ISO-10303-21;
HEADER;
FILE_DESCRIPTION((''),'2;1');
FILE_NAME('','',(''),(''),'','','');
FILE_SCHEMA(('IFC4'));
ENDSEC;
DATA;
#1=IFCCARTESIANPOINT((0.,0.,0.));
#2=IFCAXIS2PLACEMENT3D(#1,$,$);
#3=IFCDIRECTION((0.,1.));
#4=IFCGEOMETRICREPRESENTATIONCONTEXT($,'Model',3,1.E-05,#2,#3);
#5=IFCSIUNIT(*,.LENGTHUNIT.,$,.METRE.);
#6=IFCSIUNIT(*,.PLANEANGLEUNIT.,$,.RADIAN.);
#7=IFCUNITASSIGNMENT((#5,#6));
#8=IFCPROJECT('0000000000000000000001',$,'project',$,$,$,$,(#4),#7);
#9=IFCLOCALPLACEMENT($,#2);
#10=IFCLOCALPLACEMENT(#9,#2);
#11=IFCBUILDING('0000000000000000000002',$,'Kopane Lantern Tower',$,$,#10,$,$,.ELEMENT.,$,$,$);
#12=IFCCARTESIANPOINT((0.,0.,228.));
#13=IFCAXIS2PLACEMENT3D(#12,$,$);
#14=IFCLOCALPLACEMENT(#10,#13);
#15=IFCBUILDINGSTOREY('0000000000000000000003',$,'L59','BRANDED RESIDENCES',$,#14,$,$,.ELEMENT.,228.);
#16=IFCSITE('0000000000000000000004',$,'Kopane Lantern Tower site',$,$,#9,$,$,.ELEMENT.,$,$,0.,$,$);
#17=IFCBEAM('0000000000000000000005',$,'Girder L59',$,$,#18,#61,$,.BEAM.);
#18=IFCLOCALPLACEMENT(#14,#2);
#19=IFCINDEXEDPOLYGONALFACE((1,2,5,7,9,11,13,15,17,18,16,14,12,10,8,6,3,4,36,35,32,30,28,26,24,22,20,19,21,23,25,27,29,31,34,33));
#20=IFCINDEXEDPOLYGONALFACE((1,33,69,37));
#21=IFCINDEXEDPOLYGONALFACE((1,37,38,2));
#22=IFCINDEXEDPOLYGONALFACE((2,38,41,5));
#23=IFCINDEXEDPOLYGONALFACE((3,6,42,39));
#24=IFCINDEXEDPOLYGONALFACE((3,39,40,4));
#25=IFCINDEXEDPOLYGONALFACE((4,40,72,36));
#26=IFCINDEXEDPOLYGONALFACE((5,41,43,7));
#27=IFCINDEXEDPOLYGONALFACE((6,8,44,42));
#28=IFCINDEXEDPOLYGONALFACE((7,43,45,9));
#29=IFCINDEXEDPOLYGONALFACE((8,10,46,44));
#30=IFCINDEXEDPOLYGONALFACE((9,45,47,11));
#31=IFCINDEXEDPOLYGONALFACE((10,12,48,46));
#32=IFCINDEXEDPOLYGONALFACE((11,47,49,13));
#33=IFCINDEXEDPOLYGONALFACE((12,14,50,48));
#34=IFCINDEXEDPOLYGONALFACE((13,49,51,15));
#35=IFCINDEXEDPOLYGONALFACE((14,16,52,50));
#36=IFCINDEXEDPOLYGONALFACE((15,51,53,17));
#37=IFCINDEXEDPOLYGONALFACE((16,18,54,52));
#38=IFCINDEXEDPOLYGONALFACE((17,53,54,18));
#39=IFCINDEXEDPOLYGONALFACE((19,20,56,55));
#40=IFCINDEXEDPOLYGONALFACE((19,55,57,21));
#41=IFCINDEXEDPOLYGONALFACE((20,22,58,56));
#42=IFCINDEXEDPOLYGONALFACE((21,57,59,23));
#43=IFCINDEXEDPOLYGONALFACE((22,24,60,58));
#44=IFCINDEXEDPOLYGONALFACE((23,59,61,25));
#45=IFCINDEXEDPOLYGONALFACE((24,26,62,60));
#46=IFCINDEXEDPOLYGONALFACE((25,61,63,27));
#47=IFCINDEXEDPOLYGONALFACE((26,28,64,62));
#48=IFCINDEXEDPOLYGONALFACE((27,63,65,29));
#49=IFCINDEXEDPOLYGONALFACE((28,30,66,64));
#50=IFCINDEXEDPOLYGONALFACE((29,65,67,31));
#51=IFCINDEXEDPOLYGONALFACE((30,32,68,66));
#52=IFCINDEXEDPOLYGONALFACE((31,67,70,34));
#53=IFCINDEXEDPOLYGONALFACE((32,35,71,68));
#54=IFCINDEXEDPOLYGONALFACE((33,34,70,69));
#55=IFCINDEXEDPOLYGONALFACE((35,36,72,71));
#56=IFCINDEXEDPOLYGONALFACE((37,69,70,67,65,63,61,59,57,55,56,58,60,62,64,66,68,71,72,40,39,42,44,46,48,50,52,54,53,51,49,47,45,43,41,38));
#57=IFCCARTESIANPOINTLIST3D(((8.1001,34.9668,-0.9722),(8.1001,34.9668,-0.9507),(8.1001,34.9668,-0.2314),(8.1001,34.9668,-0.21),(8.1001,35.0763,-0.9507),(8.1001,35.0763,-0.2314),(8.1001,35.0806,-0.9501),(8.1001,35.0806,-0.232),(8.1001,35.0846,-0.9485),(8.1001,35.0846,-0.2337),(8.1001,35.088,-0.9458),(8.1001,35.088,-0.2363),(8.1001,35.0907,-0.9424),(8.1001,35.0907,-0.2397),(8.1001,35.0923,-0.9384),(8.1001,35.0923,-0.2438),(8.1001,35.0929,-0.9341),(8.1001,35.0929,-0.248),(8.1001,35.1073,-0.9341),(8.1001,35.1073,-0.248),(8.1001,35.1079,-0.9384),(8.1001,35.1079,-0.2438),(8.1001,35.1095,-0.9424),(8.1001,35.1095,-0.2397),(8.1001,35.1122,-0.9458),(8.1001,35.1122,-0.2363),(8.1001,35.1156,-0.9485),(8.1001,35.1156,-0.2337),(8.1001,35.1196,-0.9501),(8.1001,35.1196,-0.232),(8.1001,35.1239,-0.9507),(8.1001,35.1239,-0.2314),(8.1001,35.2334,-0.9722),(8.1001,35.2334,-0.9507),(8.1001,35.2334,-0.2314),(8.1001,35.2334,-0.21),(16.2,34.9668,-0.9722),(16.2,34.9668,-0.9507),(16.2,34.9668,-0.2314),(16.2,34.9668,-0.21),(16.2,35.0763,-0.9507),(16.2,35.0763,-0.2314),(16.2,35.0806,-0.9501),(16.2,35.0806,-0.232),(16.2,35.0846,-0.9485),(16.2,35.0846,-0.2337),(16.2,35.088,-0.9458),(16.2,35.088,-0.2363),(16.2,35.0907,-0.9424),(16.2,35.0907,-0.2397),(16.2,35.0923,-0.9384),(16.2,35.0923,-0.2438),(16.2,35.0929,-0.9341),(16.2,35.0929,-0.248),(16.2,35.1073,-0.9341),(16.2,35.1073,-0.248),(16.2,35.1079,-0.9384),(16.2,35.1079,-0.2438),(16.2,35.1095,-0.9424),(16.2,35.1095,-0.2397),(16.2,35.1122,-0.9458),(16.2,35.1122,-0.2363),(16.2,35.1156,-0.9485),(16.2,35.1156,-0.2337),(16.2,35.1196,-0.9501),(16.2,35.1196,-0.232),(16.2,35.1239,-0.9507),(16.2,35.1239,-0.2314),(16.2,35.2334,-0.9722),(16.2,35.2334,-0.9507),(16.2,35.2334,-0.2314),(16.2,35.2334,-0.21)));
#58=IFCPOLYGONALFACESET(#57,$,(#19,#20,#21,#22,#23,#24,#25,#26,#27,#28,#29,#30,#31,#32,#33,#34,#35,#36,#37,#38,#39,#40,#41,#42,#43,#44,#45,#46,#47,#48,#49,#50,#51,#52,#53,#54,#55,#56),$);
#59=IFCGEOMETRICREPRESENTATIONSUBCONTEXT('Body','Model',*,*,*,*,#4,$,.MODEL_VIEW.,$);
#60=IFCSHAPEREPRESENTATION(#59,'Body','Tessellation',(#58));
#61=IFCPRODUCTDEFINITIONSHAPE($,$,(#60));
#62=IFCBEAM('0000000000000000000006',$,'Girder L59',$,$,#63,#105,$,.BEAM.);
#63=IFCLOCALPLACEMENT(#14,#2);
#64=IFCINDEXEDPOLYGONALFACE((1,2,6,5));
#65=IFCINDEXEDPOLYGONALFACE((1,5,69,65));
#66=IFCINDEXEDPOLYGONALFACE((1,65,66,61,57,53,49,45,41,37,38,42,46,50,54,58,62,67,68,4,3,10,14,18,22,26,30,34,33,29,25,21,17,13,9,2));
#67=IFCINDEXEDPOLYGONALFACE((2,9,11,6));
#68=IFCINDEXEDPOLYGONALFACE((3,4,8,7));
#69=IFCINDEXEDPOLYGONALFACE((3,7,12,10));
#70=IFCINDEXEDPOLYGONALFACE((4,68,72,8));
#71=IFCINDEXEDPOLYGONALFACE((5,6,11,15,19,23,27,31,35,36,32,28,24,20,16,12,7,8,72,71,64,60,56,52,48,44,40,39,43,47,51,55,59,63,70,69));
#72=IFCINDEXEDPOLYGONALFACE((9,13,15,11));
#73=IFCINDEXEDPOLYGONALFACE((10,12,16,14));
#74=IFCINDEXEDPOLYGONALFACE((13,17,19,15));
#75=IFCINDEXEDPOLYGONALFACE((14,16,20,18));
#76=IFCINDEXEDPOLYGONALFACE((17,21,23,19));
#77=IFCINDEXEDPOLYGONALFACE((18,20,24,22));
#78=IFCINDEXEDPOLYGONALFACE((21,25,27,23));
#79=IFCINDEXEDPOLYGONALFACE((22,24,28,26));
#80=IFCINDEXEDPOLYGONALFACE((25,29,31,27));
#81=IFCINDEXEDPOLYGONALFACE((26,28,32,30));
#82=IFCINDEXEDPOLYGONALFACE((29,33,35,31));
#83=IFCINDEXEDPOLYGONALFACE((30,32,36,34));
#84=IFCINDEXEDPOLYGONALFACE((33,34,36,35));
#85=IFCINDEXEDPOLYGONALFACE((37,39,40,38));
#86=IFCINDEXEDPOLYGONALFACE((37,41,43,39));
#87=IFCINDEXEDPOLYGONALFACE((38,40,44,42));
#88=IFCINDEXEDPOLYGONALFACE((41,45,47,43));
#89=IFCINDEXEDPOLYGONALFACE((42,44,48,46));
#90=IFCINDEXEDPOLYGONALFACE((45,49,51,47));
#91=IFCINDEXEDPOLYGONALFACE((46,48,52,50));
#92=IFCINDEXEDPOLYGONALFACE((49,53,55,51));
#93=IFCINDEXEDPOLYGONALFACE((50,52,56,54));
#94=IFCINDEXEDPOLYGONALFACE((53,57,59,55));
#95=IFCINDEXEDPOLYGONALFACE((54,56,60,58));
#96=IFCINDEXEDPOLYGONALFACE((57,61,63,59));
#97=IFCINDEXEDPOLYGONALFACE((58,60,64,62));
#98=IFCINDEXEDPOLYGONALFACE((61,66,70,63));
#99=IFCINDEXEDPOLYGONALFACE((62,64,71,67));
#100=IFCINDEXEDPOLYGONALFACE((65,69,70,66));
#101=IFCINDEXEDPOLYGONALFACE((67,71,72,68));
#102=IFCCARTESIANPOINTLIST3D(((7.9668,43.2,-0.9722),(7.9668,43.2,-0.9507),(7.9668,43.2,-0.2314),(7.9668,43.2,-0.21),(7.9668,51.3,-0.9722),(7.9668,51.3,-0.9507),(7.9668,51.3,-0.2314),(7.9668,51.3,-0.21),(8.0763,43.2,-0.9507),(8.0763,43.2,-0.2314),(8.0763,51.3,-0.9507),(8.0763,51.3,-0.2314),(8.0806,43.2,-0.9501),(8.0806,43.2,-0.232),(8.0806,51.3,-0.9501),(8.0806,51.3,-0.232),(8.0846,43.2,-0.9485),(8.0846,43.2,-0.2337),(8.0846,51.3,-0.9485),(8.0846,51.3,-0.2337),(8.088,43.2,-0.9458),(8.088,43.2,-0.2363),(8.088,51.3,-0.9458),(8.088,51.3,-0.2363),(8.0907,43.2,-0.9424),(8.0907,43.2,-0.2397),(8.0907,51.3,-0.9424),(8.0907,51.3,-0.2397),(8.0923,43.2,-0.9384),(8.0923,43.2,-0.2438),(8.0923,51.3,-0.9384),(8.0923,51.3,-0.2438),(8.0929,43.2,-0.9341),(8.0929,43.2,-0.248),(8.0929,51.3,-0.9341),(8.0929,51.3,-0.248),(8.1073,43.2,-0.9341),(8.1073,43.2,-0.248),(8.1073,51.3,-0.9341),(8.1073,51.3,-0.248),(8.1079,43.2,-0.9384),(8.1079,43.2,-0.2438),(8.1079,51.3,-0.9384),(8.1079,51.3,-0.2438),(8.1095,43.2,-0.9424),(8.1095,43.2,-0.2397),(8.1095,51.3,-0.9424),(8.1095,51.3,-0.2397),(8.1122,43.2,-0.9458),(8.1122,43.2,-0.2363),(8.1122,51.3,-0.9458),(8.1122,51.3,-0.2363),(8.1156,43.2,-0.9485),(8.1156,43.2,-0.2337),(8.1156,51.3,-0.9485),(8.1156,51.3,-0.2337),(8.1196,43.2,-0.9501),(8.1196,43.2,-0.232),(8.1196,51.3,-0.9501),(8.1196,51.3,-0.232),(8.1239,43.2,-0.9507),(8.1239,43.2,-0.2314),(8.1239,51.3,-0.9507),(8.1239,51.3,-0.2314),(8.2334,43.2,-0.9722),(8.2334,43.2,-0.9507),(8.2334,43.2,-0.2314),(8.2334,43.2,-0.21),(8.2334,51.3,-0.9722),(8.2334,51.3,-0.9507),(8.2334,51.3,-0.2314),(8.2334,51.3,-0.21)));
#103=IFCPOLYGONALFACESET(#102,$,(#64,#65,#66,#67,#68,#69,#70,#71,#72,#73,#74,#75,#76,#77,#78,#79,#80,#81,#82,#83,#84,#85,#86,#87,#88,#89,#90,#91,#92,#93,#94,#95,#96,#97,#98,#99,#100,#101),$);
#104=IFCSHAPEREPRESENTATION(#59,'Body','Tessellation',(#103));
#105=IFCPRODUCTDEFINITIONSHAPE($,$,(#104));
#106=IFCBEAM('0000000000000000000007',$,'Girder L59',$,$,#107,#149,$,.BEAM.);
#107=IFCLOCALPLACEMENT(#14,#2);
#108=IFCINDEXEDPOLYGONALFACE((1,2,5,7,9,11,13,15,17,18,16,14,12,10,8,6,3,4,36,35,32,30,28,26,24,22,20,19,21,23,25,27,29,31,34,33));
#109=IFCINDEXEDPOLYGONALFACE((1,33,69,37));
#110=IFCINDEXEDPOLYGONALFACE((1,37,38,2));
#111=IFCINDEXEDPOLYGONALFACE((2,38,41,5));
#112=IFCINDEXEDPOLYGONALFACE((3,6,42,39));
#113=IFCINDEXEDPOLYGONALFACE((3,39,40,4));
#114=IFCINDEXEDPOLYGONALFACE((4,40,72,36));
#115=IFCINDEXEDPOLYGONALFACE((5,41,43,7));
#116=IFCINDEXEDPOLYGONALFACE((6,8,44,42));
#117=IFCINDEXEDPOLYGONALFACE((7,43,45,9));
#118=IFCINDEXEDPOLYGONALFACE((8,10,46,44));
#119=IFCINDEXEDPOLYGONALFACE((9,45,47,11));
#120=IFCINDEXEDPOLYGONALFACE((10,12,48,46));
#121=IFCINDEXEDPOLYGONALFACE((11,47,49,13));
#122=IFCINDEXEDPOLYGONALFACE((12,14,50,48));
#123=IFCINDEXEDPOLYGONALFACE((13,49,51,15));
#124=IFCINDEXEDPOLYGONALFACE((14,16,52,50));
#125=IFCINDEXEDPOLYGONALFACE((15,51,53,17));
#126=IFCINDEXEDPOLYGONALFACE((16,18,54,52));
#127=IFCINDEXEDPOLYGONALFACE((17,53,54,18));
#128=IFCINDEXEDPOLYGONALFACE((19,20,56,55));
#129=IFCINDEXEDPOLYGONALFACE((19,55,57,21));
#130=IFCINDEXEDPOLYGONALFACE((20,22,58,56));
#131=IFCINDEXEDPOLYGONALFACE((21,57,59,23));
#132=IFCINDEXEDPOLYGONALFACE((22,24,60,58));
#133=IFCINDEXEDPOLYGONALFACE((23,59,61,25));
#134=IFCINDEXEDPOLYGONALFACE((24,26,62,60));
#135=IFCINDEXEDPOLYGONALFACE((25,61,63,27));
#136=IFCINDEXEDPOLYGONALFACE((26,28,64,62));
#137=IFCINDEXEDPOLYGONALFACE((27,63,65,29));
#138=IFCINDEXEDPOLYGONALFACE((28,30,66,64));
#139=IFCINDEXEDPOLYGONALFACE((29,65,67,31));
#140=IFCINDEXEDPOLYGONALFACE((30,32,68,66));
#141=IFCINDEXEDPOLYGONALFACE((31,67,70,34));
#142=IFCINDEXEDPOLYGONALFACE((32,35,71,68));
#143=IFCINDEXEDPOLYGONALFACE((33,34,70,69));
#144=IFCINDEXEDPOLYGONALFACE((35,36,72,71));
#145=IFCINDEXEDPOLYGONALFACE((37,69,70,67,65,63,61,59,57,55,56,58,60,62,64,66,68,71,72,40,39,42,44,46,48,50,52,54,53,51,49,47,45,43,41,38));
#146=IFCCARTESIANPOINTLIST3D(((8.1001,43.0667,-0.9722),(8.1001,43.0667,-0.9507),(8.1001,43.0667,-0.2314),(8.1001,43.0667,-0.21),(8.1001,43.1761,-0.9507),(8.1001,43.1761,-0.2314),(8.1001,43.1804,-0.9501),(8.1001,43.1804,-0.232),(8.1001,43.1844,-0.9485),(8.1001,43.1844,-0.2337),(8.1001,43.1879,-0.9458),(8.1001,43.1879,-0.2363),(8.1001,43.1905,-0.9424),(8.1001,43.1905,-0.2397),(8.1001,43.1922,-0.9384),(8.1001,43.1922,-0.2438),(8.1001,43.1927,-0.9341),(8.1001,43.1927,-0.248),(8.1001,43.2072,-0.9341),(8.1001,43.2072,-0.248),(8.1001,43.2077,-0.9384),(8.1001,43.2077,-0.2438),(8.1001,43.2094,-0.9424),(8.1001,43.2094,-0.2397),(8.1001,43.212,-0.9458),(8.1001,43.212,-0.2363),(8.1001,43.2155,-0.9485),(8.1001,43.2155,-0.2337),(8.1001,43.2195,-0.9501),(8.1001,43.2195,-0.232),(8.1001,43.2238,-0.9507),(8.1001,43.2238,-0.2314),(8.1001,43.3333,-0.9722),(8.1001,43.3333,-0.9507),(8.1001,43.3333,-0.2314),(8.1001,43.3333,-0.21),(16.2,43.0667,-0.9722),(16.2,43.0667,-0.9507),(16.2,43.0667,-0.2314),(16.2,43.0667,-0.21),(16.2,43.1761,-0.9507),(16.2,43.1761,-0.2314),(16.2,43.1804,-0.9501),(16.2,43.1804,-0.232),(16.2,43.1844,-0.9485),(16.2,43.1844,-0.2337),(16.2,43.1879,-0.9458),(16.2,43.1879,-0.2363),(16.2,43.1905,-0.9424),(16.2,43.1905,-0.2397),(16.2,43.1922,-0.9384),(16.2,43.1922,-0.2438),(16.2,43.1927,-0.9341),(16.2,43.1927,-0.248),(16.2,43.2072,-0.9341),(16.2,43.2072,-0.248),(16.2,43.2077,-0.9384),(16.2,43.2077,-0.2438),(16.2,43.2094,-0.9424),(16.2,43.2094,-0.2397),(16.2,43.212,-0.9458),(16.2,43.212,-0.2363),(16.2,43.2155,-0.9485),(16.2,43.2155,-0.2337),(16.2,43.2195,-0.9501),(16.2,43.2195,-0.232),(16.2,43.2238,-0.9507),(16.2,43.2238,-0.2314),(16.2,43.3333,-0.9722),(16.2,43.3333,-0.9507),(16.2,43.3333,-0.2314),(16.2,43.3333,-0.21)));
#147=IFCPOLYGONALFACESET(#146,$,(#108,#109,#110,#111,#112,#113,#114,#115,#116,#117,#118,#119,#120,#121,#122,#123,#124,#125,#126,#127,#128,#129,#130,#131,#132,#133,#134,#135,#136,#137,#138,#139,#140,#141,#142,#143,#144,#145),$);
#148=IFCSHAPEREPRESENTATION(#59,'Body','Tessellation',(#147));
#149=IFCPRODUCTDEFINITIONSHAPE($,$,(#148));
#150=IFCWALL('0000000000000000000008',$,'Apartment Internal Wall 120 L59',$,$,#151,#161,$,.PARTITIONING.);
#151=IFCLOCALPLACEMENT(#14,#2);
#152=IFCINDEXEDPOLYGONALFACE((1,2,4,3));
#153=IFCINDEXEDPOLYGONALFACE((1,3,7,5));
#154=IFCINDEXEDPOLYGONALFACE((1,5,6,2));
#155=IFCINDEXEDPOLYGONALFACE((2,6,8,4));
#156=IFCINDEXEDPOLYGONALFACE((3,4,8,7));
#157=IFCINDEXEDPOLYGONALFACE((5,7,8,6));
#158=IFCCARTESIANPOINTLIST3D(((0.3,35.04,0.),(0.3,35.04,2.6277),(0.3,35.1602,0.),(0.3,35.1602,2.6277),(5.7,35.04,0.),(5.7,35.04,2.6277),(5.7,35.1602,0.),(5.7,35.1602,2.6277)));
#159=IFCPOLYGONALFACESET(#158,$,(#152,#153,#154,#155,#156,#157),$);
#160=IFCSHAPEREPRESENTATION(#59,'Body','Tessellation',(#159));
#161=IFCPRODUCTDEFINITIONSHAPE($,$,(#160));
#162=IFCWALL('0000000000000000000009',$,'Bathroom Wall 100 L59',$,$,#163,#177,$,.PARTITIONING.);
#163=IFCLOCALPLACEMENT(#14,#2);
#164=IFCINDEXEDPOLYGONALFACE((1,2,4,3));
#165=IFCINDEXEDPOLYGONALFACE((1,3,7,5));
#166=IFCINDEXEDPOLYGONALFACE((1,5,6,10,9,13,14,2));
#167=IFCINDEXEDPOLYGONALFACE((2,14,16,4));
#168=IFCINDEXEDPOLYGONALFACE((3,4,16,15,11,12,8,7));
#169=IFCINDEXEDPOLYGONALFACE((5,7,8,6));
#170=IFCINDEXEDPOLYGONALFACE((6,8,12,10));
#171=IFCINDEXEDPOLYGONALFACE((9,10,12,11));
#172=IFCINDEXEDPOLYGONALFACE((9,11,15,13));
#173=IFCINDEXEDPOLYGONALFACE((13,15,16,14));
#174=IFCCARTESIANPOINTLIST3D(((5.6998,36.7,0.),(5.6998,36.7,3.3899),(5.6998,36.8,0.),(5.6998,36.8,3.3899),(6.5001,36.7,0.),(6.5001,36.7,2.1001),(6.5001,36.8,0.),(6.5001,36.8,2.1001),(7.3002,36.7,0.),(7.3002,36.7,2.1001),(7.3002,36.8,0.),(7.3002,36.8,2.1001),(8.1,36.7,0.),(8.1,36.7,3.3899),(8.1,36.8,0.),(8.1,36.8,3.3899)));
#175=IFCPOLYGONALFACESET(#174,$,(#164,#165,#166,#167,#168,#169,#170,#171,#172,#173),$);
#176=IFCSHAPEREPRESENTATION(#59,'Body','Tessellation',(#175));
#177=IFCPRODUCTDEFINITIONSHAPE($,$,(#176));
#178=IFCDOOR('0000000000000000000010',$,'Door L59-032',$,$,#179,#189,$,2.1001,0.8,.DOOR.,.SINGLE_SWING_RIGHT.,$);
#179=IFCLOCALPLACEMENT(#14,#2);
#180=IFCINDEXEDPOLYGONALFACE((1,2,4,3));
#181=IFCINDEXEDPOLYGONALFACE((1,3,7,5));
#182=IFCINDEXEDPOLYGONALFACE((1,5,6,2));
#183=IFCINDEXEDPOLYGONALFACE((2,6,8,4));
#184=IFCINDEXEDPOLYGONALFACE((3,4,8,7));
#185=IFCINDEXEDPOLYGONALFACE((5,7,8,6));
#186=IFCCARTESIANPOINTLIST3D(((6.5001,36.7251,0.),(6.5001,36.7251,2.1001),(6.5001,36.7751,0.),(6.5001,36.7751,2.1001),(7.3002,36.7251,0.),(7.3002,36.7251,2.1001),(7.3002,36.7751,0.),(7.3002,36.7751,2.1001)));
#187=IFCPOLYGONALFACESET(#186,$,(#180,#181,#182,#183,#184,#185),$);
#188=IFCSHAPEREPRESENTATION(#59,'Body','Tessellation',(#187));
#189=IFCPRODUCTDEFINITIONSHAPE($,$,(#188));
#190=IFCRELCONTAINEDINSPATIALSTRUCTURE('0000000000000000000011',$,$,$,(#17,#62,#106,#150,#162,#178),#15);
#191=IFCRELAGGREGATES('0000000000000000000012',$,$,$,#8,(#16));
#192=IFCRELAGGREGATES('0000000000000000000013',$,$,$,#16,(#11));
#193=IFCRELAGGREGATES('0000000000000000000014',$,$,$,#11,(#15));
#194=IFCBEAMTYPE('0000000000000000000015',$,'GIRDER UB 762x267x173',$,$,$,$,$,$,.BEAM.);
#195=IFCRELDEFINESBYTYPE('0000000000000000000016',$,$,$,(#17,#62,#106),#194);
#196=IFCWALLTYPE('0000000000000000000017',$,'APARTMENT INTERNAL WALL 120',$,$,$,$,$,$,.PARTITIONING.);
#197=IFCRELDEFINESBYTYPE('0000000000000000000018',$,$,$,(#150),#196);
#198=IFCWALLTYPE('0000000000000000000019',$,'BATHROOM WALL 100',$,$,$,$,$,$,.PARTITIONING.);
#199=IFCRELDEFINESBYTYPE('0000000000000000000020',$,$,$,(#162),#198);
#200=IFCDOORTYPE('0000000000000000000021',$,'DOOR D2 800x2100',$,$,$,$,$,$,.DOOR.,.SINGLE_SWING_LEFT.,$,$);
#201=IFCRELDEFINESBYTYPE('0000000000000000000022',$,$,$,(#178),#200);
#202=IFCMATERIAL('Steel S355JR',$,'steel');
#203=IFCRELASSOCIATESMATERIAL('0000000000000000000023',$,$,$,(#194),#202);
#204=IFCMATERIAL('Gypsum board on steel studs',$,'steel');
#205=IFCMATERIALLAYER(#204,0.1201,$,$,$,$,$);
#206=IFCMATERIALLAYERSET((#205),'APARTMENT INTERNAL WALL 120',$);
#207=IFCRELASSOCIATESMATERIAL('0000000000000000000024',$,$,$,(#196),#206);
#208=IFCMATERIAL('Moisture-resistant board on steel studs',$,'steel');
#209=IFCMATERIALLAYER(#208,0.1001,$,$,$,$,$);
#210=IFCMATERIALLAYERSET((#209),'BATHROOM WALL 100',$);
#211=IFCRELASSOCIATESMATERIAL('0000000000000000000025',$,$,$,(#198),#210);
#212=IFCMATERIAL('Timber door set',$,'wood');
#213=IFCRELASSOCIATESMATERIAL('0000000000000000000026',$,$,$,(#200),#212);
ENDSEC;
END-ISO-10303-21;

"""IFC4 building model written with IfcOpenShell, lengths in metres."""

from ifc_helpers import new_model, si_unit, direction, frame, frame_2d, origin, origin_2d, place, context, subcontext, project, spatial, rectangle, i_section, extrude, material, layer, layer_set, material_profile, profile_set, type_object, element, fill, save


model = new_model("IFC4")

# Units and contexts
model_context = context("Model", 3, precision=1e-05, world=origin(), true_north=direction((0.0, 1.0)))
body_context = subcontext(model_context, "Body", "Model", "MODEL_VIEW")
ifc_project = project(units=[si_unit("LENGTHUNIT", "METRE"), si_unit("PLANEANGLEUNIT", "RADIAN")], contexts=[model_context])

# Site, building, storey
site_placement = place(None, origin())
site = spatial("IfcSite", under=ifc_project, at=site_placement, Name="Kopane Lantern Tower site", CompositionType="ELEMENT", RefElevation=0.0)
building_placement = place(site_placement, origin())
building = spatial("IfcBuilding", under=site, at=building_placement, Name="Kopane Lantern Tower", CompositionType="ELEMENT")
storey_placement = place(building_placement, frame((0.0, 0.0, 228.0)))
storey = spatial("IfcBuildingStorey", under=building, at=storey_placement, Name="L59", Description="BRANDED RESIDENCES", CompositionType="ELEMENT", Elevation=228.0)

# Beams
ifc_material_1 = material(Name="Steel S355JR", Category="steel")
ifc_material_profile_1 = material_profile(ifc_material_1, i_section(OverallWidth=0.2666, OverallDepth=0.7622, WebThickness=0.0144, FlangeThickness=0.0215, FilletRadius=0.0166, at=origin_2d()), Name="UB 762x267x173")
ifc_profile_set_1 = profile_set([ifc_material_profile_1], Name="Steel S355JR")
beam_type = type_object("IfcBeamType", Name="GIRDER UB 762x267x173", PredefinedType="BEAM", material=ifc_profile_set_1)
for number, where, z_axis, x_axis, name in (
    (1, (8.1001, 35.1001, -0.5911), (1.0, 0.0, 0.0), (0.0, 1.0, 0.0), "Girder L59"),
):
    element("IfcBeam", number, at=place(storey_placement, frame(where, z_axis=z_axis, x_axis=x_axis)), inside=storey, type_object=beam_type, Name=name, PredefinedType="BEAM", context=body_context, shape_type="SweptSolid", body=[
        extrude(i_section(OverallWidth=0.2666, OverallDepth=0.7622, WebThickness=0.0144, FlangeThickness=0.0215, FilletRadius=0.0166, at=origin_2d()), origin(), (0.0, 0.0, 1.0), 8.0999),
    ])
beam_1_placement = place(storey_placement, frame((8.1001, 43.2, -0.5911), z_axis=(0.0, 1.0, 0.0), x_axis=(-1.0, 0.0, 0.0)))
element("IfcBeam", 2, at=beam_1_placement, inside=storey, type_object=beam_type, Name="Girder L59", PredefinedType="BEAM", context=body_context, shape_type="SweptSolid", body=[
    extrude(i_section(OverallWidth=0.2666, OverallDepth=0.7622, WebThickness=0.0144, FlangeThickness=0.0215, FilletRadius=0.0166, at=origin_2d()), origin(), (0.0, 0.0, 1.0), 8.1001),
])
beam_2_placement = place(storey_placement, frame((8.1001, 43.2, -0.5911), z_axis=(1.0, 0.0, 0.0), x_axis=(0.0, 1.0, 0.0)))
element("IfcBeam", 3, at=beam_2_placement, inside=storey, type_object=beam_type, Name="Girder L59", PredefinedType="BEAM", context=body_context, shape_type="SweptSolid", body=[
    extrude(i_section(OverallWidth=0.2666, OverallDepth=0.7622, WebThickness=0.0144, FlangeThickness=0.0215, FilletRadius=0.0166, at=origin_2d()), origin(), (0.0, 0.0, 1.0), 8.0999),
])

# Wall
ifc_material_2 = material(Name="Gypsum board on steel studs", Category="steel")
ifc_layer_1 = layer(ifc_material_2, 0.1201)
ifc_layer_set_1 = layer_set([ifc_layer_1], Name="APARTMENT INTERNAL WALL 120")
wall_type_1 = type_object("IfcWallType", Name="APARTMENT INTERNAL WALL 120", PredefinedType="PARTITIONING", material=ifc_layer_set_1)
wall_1_placement = place(storey_placement, frame((5.7, 35.1001, 0.0), z_axis=(0.0, 0.0, 1.0), x_axis=(-1.0, 0.0, 0.0)))
element("IfcWall", 4, at=wall_1_placement, inside=storey, type_object=wall_type_1, Name="Apartment Internal Wall 120 L59", PredefinedType="PARTITIONING", context=body_context, shape_type="SweptSolid", body=[
    extrude(rectangle(XDim=5.3999, YDim=0.1201, at=frame_2d((2.7, 0.0))), origin(), (0.0, 0.0, 1.0), 2.6277),
])

# Wall, opening, door
ifc_material_3 = material(Name="Moisture-resistant board on steel studs", Category="steel")
ifc_layer_2 = layer(ifc_material_3, 0.1001)
ifc_layer_set_2 = layer_set([ifc_layer_2], Name="BATHROOM WALL 100")
wall_type_2 = type_object("IfcWallType", Name="BATHROOM WALL 100", PredefinedType="PARTITIONING", material=ifc_layer_set_2)
wall_2_placement = place(storey_placement, frame((8.1001, 36.75, 0.0), z_axis=(0.0, 0.0, 1.0), x_axis=(-1.0, 0.0, 0.0)))
wall_2 = element("IfcWall", 5, at=wall_2_placement, inside=storey, type_object=wall_type_2, Name="Bathroom Wall 100 L59", PredefinedType="PARTITIONING", context=body_context, shape_type="SweptSolid", body=[
    extrude(rectangle(XDim=2.4001, YDim=0.1001, at=frame_2d((1.2002, 0.0))), origin(), (0.0, 0.0, 1.0), 3.3899),
])
opening_1_placement = place(wall_2_placement, frame((0.8, 0.0, 0.0)))
opening_1 = element("IfcOpeningElement", 6, at=opening_1_placement, cuts=wall_2, PredefinedType="OPENING", context=body_context, shape_type="SweptSolid", body=[
    extrude(rectangle(XDim=0.8, YDim=2.1001, at=frame_2d((0.3999, 1.05))), frame((0.0, 0.0601, 0.0), z_axis=(0.0, -1.0, 0.0), x_axis=(1.0, 0.0, 0.0)), (0.0, 0.0, 1.0), 0.1201),
])
ifc_material_4 = material(Name="Timber door set", Category="wood")
door_type = type_object("IfcDoorType", Name="DOOR D2 800x2100", OperationType="SINGLE_SWING_LEFT", PredefinedType="DOOR", material=ifc_material_4)
door_1_placement = place(opening_1_placement, origin())
door_1 = element("IfcDoor", 7, at=door_1_placement, inside=storey, type_object=door_type, Name="Door L59-032", OperationType="SINGLE_SWING_RIGHT", OverallHeight=2.1001, OverallWidth=0.8, PredefinedType="DOOR", context=body_context, shape_type="SweptSolid", body=[
    extrude(rectangle(XDim=0.8, YDim=2.1001, at=frame_2d((0.3999, 1.05))), frame((0.0, 0.0249, 0.0), z_axis=(0.0, -1.0, 0.0), x_axis=(1.0, 0.0, 0.0)), (0.0, 0.0, 1.0), 0.05),
])
fill(opening_1, door_1)

save(model, "model.ifc")
